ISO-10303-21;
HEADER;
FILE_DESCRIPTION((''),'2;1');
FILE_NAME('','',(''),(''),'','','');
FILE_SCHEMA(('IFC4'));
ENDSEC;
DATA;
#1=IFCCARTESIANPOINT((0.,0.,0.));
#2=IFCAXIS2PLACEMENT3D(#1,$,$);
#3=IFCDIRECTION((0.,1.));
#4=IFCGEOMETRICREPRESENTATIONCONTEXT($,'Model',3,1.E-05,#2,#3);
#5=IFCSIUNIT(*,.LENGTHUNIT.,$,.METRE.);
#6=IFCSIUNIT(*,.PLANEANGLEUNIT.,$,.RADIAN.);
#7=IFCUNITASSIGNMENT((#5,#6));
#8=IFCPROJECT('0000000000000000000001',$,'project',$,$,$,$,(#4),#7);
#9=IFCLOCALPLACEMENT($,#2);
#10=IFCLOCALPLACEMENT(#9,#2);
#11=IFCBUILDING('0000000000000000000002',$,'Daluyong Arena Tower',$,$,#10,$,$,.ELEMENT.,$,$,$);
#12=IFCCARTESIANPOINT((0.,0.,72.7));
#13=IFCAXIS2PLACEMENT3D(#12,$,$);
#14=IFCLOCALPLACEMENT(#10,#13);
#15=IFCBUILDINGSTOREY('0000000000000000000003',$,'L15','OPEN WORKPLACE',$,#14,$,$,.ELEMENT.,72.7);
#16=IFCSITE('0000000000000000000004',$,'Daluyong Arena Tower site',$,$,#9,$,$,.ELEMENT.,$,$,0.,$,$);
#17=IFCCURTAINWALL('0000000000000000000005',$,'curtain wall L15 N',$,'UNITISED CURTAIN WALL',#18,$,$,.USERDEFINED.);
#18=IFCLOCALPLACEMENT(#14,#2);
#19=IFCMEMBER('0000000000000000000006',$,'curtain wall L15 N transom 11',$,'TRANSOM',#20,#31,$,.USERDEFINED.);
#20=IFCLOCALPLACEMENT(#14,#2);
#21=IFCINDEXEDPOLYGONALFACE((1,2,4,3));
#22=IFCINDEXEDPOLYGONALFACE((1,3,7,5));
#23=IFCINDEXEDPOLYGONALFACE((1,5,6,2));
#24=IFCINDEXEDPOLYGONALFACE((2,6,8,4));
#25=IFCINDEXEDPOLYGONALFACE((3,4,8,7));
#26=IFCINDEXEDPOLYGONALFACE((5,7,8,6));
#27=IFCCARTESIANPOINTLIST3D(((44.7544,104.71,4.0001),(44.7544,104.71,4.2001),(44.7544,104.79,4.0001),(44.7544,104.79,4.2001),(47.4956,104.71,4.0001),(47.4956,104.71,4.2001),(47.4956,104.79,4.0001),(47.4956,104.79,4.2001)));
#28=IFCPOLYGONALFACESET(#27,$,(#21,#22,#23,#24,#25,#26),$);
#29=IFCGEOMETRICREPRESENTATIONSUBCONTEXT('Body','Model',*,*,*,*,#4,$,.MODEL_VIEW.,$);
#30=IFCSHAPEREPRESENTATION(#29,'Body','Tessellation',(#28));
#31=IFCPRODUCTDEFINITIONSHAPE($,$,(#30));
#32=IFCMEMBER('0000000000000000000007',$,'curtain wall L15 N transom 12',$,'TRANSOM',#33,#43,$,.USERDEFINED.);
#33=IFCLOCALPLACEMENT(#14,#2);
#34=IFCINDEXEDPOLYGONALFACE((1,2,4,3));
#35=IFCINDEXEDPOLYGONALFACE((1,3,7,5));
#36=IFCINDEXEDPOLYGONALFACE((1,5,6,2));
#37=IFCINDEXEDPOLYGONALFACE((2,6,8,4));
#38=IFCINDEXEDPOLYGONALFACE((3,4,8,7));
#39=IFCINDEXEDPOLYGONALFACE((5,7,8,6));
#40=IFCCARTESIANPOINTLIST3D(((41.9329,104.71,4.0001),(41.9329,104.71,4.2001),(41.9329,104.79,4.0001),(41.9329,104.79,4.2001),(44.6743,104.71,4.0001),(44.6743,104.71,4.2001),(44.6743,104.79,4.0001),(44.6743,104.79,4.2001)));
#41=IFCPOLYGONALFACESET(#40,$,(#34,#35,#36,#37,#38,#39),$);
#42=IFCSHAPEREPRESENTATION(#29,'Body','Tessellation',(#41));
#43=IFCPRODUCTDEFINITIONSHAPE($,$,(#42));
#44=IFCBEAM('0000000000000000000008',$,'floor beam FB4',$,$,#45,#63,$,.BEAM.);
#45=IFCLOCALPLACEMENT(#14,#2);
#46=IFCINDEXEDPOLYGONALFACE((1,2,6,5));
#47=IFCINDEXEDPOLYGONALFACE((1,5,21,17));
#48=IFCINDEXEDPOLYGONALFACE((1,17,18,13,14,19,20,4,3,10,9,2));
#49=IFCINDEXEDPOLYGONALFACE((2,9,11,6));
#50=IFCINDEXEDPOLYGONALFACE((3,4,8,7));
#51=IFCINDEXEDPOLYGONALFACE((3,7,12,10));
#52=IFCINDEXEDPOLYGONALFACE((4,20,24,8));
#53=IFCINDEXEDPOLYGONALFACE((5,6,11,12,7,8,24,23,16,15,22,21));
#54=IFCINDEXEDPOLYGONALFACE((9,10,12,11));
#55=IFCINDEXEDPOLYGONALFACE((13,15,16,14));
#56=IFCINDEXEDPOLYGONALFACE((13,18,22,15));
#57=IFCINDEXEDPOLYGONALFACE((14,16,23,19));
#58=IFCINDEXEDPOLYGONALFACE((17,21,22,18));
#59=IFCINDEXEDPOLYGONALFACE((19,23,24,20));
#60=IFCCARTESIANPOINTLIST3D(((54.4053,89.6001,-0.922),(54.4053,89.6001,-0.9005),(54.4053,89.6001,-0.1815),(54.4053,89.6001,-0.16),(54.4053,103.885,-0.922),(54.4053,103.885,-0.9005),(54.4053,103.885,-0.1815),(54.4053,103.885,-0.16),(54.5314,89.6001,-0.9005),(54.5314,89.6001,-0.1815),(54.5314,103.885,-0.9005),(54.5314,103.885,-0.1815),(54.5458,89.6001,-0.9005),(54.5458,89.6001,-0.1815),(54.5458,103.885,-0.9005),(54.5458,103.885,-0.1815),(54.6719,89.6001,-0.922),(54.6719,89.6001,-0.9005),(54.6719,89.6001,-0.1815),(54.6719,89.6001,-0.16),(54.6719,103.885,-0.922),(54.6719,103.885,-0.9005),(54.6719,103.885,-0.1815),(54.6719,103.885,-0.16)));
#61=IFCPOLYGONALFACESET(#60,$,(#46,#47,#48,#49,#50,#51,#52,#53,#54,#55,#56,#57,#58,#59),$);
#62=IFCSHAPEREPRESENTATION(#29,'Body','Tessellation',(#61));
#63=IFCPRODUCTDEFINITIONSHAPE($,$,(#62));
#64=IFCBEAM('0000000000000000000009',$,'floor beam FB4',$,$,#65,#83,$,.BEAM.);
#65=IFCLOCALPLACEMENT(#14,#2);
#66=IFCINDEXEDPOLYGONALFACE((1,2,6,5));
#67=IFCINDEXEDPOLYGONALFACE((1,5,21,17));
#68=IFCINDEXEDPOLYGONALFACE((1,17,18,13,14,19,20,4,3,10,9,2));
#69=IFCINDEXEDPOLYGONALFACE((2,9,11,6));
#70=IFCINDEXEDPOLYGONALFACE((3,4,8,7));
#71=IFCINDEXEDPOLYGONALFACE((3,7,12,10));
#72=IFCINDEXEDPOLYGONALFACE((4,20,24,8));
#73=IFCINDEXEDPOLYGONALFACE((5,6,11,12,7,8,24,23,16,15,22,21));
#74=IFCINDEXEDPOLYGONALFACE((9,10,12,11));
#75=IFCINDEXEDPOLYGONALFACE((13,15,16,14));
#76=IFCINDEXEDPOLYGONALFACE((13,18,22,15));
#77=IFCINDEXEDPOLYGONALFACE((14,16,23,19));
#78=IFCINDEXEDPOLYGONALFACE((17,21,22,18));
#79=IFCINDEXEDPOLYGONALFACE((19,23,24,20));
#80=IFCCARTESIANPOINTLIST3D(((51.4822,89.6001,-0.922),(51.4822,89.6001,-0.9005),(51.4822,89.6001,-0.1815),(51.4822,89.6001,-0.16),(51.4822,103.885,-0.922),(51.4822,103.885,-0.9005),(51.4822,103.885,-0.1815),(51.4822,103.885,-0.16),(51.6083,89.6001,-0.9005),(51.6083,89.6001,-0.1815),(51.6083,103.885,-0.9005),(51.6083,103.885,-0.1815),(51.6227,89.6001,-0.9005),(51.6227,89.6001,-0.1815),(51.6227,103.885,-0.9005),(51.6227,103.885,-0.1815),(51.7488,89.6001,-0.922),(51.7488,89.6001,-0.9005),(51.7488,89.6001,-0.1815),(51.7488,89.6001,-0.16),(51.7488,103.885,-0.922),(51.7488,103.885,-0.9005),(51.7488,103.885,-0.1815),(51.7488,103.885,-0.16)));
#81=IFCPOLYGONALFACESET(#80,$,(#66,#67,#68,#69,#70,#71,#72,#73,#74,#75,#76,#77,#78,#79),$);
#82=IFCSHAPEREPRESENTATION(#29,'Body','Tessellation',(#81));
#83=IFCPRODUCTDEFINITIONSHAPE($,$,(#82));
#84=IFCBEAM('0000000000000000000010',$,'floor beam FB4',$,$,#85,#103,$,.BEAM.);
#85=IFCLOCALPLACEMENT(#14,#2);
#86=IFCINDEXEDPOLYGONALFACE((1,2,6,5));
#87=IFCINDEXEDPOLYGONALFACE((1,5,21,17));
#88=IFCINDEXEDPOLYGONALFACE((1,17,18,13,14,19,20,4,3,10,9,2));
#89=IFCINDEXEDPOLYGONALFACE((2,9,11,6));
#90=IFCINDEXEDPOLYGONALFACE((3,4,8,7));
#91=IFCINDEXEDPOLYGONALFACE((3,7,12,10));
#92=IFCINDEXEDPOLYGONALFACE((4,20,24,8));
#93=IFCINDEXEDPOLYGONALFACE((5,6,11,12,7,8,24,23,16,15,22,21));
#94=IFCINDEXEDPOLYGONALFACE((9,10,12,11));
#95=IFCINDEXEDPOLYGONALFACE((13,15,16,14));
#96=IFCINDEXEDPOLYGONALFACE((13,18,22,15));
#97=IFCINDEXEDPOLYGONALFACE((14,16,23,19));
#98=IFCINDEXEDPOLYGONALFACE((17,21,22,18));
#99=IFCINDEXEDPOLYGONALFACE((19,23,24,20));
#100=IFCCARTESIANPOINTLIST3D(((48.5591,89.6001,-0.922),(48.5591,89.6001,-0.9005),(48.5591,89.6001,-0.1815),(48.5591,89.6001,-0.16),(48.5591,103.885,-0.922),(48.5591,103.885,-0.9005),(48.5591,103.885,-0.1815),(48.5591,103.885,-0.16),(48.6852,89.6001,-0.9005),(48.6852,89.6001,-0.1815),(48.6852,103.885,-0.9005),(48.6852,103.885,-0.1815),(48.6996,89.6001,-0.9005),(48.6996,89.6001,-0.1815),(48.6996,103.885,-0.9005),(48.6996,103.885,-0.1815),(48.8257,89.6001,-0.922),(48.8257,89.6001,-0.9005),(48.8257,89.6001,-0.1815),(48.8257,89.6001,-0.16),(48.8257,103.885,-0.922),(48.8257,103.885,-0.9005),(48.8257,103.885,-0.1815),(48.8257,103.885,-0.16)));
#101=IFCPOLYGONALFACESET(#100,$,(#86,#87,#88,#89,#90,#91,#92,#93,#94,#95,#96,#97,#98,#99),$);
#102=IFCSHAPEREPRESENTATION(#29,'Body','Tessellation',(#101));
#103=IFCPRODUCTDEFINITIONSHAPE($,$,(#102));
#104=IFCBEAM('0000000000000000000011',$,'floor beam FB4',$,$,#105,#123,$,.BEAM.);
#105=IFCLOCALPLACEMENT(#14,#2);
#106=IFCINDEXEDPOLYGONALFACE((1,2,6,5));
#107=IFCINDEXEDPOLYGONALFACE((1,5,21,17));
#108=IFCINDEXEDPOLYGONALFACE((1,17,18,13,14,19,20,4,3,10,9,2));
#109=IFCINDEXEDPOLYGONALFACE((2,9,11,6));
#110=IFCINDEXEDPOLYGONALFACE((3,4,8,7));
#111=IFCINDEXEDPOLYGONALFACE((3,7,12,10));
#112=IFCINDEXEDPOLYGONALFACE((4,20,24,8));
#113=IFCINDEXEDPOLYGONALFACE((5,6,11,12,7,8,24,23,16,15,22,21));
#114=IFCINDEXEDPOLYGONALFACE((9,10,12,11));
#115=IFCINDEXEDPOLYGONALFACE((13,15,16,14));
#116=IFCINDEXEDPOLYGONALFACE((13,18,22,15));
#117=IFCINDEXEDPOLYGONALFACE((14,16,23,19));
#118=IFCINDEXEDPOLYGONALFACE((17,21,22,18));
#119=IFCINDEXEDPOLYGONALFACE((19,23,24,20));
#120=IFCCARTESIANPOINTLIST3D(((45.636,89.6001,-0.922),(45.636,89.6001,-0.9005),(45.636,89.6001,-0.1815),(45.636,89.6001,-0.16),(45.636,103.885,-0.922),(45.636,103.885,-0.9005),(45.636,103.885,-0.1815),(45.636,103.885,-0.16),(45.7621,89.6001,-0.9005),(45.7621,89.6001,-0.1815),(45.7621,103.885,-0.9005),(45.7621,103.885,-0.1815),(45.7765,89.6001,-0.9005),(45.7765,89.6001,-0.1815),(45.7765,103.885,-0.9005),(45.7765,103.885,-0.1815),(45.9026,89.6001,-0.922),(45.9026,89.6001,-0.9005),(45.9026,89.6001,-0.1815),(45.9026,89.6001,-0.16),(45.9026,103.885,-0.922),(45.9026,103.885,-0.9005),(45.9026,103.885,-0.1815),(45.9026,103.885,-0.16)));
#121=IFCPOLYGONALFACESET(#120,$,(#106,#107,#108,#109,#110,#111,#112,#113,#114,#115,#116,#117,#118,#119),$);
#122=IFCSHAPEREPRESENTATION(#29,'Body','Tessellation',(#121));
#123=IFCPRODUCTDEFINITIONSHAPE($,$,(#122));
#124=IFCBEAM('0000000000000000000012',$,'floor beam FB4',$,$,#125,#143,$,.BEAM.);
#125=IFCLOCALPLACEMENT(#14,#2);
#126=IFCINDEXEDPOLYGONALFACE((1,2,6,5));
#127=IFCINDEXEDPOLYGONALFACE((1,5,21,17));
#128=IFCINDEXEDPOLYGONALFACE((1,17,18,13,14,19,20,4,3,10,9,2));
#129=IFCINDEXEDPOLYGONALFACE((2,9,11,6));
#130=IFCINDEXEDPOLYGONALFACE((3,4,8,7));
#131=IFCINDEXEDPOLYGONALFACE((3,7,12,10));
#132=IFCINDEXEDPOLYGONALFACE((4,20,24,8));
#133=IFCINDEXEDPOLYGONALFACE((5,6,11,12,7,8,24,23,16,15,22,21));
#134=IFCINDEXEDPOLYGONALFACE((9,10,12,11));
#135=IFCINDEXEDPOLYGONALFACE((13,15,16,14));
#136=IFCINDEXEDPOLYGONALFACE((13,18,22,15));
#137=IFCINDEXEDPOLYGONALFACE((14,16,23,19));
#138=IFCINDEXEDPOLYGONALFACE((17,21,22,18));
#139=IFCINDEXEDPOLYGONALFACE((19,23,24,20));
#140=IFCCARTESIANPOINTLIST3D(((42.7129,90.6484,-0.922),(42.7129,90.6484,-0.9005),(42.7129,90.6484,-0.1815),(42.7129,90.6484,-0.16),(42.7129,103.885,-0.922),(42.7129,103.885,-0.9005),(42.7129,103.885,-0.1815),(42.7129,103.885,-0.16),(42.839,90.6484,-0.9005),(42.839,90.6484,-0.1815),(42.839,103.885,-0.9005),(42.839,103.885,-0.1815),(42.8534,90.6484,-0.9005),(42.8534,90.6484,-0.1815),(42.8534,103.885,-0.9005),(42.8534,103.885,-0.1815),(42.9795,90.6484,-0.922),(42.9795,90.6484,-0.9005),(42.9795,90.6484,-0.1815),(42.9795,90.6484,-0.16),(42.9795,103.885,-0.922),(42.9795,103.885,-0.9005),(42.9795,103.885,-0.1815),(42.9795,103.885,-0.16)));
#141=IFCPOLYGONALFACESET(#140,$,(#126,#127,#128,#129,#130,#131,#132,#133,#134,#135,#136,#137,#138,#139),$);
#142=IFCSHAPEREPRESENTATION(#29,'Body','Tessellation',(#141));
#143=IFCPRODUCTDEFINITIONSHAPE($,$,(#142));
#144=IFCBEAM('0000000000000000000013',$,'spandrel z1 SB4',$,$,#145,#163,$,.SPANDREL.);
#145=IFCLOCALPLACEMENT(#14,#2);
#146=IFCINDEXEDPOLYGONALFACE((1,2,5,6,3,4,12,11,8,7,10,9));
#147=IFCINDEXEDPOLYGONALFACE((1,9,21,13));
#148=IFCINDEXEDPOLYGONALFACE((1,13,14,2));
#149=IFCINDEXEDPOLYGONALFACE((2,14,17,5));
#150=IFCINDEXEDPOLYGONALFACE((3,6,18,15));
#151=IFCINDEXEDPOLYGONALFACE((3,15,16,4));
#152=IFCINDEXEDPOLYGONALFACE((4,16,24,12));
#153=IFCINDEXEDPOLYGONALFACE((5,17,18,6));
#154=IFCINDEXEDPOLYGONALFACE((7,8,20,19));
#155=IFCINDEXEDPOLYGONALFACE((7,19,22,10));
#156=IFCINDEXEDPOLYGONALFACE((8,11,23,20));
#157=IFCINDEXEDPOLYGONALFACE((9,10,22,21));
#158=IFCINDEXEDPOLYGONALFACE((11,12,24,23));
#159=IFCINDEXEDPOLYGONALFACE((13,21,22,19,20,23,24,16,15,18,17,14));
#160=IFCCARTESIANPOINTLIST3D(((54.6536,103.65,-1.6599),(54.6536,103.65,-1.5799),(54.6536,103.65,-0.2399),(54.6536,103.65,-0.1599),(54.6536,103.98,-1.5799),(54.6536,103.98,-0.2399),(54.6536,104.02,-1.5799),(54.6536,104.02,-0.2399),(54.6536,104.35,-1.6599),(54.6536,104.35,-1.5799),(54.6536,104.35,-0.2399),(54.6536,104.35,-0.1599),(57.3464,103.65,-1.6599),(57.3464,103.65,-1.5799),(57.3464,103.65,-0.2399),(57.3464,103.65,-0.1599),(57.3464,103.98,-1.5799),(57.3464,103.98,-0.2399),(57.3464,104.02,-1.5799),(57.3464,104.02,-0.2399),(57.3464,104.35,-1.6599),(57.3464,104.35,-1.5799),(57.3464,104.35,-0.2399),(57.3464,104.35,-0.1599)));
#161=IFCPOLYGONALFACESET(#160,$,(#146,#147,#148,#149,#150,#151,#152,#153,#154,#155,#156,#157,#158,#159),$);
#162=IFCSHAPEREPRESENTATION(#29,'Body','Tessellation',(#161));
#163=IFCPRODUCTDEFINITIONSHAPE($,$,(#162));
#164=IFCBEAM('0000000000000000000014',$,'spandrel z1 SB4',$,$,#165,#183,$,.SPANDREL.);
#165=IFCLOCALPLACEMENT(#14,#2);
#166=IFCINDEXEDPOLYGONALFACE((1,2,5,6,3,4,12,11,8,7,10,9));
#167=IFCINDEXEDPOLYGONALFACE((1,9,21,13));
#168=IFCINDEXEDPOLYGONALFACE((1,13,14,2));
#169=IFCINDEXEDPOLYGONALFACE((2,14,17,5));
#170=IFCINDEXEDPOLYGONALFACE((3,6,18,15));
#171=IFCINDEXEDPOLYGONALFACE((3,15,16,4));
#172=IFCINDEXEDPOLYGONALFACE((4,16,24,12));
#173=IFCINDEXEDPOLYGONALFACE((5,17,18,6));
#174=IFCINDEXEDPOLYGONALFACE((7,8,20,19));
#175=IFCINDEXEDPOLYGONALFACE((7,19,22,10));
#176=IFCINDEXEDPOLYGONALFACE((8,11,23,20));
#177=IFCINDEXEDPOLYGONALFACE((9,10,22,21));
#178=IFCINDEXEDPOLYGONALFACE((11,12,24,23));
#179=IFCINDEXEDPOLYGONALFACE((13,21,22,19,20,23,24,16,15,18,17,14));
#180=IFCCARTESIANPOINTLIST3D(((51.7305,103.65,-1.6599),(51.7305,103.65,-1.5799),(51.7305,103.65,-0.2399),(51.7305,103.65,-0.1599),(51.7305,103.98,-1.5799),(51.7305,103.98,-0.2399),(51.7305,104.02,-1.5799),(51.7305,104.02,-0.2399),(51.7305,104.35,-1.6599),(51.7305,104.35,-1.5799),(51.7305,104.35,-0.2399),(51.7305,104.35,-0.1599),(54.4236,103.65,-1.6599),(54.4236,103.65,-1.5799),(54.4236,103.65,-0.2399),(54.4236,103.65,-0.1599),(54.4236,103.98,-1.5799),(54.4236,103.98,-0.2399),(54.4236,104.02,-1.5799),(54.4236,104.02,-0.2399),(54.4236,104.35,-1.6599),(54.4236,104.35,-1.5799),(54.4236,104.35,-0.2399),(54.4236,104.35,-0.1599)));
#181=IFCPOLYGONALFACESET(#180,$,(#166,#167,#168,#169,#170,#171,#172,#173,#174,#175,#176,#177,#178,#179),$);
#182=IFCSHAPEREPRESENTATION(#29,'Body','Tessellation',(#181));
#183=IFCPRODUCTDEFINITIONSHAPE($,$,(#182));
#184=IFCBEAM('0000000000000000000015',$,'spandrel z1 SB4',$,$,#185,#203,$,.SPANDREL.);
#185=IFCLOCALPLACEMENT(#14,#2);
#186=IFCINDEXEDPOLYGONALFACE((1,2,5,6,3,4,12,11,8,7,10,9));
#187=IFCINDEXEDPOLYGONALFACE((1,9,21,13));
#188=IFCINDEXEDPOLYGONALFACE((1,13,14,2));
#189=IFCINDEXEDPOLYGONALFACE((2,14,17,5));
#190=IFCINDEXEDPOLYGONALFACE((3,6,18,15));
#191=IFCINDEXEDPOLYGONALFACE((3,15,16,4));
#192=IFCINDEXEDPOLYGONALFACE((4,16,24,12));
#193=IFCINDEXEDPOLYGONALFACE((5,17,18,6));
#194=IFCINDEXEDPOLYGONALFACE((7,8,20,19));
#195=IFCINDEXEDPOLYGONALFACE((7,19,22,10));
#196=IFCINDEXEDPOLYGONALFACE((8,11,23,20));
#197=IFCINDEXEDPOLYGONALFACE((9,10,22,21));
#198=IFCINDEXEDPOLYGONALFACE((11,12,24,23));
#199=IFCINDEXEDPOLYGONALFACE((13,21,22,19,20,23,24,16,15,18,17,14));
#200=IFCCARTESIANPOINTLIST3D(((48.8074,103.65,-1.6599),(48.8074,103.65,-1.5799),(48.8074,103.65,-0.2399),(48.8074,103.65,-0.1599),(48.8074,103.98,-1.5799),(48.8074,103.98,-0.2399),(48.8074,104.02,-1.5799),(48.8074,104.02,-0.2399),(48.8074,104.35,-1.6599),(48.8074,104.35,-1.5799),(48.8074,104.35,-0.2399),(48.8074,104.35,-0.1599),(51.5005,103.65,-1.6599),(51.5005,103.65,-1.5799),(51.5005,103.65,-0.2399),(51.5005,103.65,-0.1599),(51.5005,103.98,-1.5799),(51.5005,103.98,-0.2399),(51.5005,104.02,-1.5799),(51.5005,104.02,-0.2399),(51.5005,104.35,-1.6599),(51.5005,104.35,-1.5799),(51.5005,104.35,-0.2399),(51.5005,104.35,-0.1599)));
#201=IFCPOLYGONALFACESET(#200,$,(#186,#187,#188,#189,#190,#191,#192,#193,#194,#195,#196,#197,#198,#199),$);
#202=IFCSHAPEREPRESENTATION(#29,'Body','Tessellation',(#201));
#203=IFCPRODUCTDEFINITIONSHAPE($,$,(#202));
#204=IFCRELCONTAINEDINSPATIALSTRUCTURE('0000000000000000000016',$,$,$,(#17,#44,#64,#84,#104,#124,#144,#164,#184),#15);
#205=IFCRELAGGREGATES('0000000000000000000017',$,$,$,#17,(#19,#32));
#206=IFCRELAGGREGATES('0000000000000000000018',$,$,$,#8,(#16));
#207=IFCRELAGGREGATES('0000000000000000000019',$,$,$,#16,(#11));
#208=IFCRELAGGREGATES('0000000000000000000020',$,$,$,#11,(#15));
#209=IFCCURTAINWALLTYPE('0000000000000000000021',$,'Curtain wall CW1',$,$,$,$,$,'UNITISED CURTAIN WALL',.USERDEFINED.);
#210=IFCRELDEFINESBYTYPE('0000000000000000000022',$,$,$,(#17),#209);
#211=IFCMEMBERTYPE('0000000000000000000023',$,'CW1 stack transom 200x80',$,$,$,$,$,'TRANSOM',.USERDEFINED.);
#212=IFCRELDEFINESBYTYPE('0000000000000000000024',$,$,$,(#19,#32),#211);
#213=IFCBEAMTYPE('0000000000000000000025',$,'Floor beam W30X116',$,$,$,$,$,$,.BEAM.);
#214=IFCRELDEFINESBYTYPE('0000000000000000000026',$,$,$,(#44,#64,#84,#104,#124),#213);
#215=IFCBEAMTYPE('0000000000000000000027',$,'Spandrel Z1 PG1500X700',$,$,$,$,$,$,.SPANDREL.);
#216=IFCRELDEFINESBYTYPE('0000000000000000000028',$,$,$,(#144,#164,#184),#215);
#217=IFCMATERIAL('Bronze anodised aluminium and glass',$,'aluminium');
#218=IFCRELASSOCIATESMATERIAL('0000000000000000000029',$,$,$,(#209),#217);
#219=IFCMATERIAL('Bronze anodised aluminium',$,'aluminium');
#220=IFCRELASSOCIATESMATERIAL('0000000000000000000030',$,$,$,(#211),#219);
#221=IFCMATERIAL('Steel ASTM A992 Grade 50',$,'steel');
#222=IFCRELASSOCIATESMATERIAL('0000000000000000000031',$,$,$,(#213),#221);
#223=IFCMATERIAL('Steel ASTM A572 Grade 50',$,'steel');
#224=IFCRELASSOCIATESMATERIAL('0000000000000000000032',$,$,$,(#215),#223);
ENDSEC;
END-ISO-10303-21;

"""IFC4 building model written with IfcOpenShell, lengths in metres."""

from ifc_helpers import new_model, si_unit, direction, frame, origin, origin_2d, place, context, subcontext, project, spatial, rectangle, i_section, extrude, material, material_profile, profile_set, type_object, element, aggregate, save


model = new_model("IFC4")

# Units and contexts
model_context = context("Model", 3, precision=1e-05, world=origin(), true_north=direction((0.0, 1.0)))
body_context = subcontext(model_context, "Body", "Model", "MODEL_VIEW")
ifc_project = project(units=[si_unit("LENGTHUNIT", "METRE"), si_unit("PLANEANGLEUNIT", "RADIAN")], contexts=[model_context])

# Site, building, storey
site_placement = place(None, origin())
site = spatial("IfcSite", under=ifc_project, at=site_placement, Name="Daluyong Arena Tower site", CompositionType="ELEMENT", RefElevation=0.0)
building_placement = place(site_placement, origin())
building = spatial("IfcBuilding", under=site, at=building_placement, Name="Daluyong Arena Tower", CompositionType="ELEMENT")
storey_placement = place(building_placement, frame((0.0, 0.0, 72.7)))
storey = spatial("IfcBuildingStorey", under=building, at=storey_placement, Name="L15", Description="OPEN WORKPLACE", CompositionType="ELEMENT", Elevation=72.7)

# Curtain wall, members
ifc_material_1 = material(Name="Bronze anodised aluminium and glass", Category="aluminium")
curtain_wall_type = type_object("IfcCurtainWallType", Name="Curtain wall CW1", ElementType="UNITISED CURTAIN WALL", PredefinedType="USERDEFINED", material=ifc_material_1)
curtain_wall_placement = place(storey_placement, origin())
curtain_wall = element("IfcCurtainWall", 1, at=curtain_wall_placement, inside=storey, type_object=curtain_wall_type, Name="curtain wall L15 N", ObjectType="UNITISED CURTAIN WALL", PredefinedType="USERDEFINED")
ifc_material_2 = material(Name="Bronze anodised aluminium", Category="aluminium")
ifc_material_profile_1 = material_profile(ifc_material_2, rectangle(XDim=0.0801, YDim=0.2, at=origin_2d()))
ifc_profile_set_1 = profile_set([ifc_material_profile_1], Name="Bronze anodised aluminium")
member_type_1 = type_object("IfcMemberType", Name="CW1 stack transom 200x80", ElementType="TRANSOM", PredefinedType="USERDEFINED", material=ifc_profile_set_1)
member_1_placement = place(storey_placement, frame((47.4956, 104.75, 4.1001), z_axis=(-1.0, 0.0, 0.0), x_axis=(0.0, -1.0, 0.0)))
member_1 = element("IfcMember", 2, at=member_1_placement, type_object=member_type_1, Name="curtain wall L15 N transom 11", ObjectType="TRANSOM", PredefinedType="USERDEFINED", context=body_context, shape_type="SweptSolid", body=[
    extrude(rectangle(XDim=0.0801, YDim=0.2, at=origin_2d()), origin(), (0.0, 0.0, 1.0), 2.7412),
])
member_2_placement = place(storey_placement, frame((44.6743, 104.75, 4.1001), z_axis=(-1.0, 0.0, 0.0), x_axis=(0.0, -1.0, 0.0)))
member_2 = element("IfcMember", 3, at=member_2_placement, type_object=member_type_1, Name="curtain wall L15 N transom 12", ObjectType="TRANSOM", PredefinedType="USERDEFINED", context=body_context, shape_type="SweptSolid", body=[
    extrude(rectangle(XDim=0.0801, YDim=0.2, at=origin_2d()), origin(), (0.0, 0.0, 1.0), 2.7415),
])

# Beams
ifc_material_3 = material(Name="Steel ASTM A992 Grade 50", Category="steel")
ifc_material_profile_2 = material_profile(ifc_material_3, i_section(OverallWidth=0.2666, OverallDepth=0.762, WebThickness=0.0144, FlangeThickness=0.0215, at=origin_2d()))
ifc_profile_set_2 = profile_set([ifc_material_profile_2], Name="Steel ASTM A992 Grade 50")
beam_type_1 = type_object("IfcBeamType", Name="Floor beam W30X116", PredefinedType="BEAM", material=ifc_profile_set_2)
for number, where, z_axis, x_axis, name in (
    (4, (54.5386, 103.885, -0.541), (0.0, -1.0, 0.0), (1.0, 0.0, 0.0), "floor beam FB4"),
    (5, (51.6155, 103.885, -0.541), (0.0, -1.0, 0.0), (1.0, 0.0, 0.0), "floor beam FB4"),
    (6, (48.6924, 103.885, -0.541), (0.0, -1.0, 0.0), (1.0, 0.0, 0.0), "floor beam FB4"),
    (7, (45.7693, 103.885, -0.541), (0.0, -1.0, 0.0), (1.0, 0.0, 0.0), "floor beam FB4"),
):
    element("IfcBeam", number, at=place(storey_placement, frame(where, z_axis=z_axis, x_axis=x_axis)), inside=storey, type_object=beam_type_1, Name=name, PredefinedType="BEAM", context=body_context, shape_type="SweptSolid", body=[
        extrude(i_section(OverallWidth=0.2666, OverallDepth=0.762, WebThickness=0.0144, FlangeThickness=0.0215, at=origin_2d()), origin(), (0.0, 0.0, 1.0), 14.2849),
    ])
beam_1_placement = place(storey_placement, frame((42.8462, 103.885, -0.541), z_axis=(0.0, -1.0, 0.0), x_axis=(1.0, 0.0, 0.0)))
element("IfcBeam", 8, at=beam_1_placement, inside=storey, type_object=beam_type_1, Name="floor beam FB4", PredefinedType="BEAM", context=body_context, shape_type="SweptSolid", body=[
    extrude(i_section(OverallWidth=0.2666, OverallDepth=0.762, WebThickness=0.0144, FlangeThickness=0.0215, at=origin_2d()), origin(), (0.0, 0.0, 1.0), 13.2366),
])
ifc_material_4 = material(Name="Steel ASTM A572 Grade 50", Category="steel")
ifc_material_profile_3 = material_profile(ifc_material_4, i_section(OverallWidth=0.7, OverallDepth=1.5, WebThickness=0.04, FlangeThickness=0.08, at=origin_2d()))
ifc_profile_set_3 = profile_set([ifc_material_profile_3], Name="Steel ASTM A572 Grade 50")
beam_type_2 = type_object("IfcBeamType", Name="Spandrel Z1 PG1500X700", PredefinedType="SPANDREL", material=ifc_profile_set_3)
beam_2_placement = place(storey_placement, frame((57.3464, 104.0, -0.9099), z_axis=(-1.0, 0.0, 0.0), x_axis=(0.0, -1.0, 0.0)))
element("IfcBeam", 9, at=beam_2_placement, inside=storey, type_object=beam_type_2, Name="spandrel z1 SB4", PredefinedType="SPANDREL", context=body_context, shape_type="SweptSolid", body=[
    extrude(i_section(OverallWidth=0.7, OverallDepth=1.5, WebThickness=0.04, FlangeThickness=0.08, at=origin_2d()), origin(), (0.0, 0.0, 1.0), 2.6929),
])
for number, where, z_axis, x_axis, name in (
    (10, (54.4236, 104.0, -0.9099), (-1.0, 0.0, 0.0), (0.0, -1.0, 0.0), "spandrel z1 SB4"),
    (11, (51.5005, 104.0, -0.9099), (-1.0, 0.0, 0.0), (0.0, -1.0, 0.0), "spandrel z1 SB4"),
):
    element("IfcBeam", number, at=place(storey_placement, frame(where, z_axis=z_axis, x_axis=x_axis)), inside=storey, type_object=beam_type_2, Name=name, PredefinedType="SPANDREL", context=body_context, shape_type="SweptSolid", body=[
        extrude(i_section(OverallWidth=0.7, OverallDepth=1.5, WebThickness=0.04, FlangeThickness=0.08, at=origin_2d()), origin(), (0.0, 0.0, 1.0), 2.6931),
    ])

aggregate(curtain_wall, [member_1, member_2])

save(model, "model.ifc")
